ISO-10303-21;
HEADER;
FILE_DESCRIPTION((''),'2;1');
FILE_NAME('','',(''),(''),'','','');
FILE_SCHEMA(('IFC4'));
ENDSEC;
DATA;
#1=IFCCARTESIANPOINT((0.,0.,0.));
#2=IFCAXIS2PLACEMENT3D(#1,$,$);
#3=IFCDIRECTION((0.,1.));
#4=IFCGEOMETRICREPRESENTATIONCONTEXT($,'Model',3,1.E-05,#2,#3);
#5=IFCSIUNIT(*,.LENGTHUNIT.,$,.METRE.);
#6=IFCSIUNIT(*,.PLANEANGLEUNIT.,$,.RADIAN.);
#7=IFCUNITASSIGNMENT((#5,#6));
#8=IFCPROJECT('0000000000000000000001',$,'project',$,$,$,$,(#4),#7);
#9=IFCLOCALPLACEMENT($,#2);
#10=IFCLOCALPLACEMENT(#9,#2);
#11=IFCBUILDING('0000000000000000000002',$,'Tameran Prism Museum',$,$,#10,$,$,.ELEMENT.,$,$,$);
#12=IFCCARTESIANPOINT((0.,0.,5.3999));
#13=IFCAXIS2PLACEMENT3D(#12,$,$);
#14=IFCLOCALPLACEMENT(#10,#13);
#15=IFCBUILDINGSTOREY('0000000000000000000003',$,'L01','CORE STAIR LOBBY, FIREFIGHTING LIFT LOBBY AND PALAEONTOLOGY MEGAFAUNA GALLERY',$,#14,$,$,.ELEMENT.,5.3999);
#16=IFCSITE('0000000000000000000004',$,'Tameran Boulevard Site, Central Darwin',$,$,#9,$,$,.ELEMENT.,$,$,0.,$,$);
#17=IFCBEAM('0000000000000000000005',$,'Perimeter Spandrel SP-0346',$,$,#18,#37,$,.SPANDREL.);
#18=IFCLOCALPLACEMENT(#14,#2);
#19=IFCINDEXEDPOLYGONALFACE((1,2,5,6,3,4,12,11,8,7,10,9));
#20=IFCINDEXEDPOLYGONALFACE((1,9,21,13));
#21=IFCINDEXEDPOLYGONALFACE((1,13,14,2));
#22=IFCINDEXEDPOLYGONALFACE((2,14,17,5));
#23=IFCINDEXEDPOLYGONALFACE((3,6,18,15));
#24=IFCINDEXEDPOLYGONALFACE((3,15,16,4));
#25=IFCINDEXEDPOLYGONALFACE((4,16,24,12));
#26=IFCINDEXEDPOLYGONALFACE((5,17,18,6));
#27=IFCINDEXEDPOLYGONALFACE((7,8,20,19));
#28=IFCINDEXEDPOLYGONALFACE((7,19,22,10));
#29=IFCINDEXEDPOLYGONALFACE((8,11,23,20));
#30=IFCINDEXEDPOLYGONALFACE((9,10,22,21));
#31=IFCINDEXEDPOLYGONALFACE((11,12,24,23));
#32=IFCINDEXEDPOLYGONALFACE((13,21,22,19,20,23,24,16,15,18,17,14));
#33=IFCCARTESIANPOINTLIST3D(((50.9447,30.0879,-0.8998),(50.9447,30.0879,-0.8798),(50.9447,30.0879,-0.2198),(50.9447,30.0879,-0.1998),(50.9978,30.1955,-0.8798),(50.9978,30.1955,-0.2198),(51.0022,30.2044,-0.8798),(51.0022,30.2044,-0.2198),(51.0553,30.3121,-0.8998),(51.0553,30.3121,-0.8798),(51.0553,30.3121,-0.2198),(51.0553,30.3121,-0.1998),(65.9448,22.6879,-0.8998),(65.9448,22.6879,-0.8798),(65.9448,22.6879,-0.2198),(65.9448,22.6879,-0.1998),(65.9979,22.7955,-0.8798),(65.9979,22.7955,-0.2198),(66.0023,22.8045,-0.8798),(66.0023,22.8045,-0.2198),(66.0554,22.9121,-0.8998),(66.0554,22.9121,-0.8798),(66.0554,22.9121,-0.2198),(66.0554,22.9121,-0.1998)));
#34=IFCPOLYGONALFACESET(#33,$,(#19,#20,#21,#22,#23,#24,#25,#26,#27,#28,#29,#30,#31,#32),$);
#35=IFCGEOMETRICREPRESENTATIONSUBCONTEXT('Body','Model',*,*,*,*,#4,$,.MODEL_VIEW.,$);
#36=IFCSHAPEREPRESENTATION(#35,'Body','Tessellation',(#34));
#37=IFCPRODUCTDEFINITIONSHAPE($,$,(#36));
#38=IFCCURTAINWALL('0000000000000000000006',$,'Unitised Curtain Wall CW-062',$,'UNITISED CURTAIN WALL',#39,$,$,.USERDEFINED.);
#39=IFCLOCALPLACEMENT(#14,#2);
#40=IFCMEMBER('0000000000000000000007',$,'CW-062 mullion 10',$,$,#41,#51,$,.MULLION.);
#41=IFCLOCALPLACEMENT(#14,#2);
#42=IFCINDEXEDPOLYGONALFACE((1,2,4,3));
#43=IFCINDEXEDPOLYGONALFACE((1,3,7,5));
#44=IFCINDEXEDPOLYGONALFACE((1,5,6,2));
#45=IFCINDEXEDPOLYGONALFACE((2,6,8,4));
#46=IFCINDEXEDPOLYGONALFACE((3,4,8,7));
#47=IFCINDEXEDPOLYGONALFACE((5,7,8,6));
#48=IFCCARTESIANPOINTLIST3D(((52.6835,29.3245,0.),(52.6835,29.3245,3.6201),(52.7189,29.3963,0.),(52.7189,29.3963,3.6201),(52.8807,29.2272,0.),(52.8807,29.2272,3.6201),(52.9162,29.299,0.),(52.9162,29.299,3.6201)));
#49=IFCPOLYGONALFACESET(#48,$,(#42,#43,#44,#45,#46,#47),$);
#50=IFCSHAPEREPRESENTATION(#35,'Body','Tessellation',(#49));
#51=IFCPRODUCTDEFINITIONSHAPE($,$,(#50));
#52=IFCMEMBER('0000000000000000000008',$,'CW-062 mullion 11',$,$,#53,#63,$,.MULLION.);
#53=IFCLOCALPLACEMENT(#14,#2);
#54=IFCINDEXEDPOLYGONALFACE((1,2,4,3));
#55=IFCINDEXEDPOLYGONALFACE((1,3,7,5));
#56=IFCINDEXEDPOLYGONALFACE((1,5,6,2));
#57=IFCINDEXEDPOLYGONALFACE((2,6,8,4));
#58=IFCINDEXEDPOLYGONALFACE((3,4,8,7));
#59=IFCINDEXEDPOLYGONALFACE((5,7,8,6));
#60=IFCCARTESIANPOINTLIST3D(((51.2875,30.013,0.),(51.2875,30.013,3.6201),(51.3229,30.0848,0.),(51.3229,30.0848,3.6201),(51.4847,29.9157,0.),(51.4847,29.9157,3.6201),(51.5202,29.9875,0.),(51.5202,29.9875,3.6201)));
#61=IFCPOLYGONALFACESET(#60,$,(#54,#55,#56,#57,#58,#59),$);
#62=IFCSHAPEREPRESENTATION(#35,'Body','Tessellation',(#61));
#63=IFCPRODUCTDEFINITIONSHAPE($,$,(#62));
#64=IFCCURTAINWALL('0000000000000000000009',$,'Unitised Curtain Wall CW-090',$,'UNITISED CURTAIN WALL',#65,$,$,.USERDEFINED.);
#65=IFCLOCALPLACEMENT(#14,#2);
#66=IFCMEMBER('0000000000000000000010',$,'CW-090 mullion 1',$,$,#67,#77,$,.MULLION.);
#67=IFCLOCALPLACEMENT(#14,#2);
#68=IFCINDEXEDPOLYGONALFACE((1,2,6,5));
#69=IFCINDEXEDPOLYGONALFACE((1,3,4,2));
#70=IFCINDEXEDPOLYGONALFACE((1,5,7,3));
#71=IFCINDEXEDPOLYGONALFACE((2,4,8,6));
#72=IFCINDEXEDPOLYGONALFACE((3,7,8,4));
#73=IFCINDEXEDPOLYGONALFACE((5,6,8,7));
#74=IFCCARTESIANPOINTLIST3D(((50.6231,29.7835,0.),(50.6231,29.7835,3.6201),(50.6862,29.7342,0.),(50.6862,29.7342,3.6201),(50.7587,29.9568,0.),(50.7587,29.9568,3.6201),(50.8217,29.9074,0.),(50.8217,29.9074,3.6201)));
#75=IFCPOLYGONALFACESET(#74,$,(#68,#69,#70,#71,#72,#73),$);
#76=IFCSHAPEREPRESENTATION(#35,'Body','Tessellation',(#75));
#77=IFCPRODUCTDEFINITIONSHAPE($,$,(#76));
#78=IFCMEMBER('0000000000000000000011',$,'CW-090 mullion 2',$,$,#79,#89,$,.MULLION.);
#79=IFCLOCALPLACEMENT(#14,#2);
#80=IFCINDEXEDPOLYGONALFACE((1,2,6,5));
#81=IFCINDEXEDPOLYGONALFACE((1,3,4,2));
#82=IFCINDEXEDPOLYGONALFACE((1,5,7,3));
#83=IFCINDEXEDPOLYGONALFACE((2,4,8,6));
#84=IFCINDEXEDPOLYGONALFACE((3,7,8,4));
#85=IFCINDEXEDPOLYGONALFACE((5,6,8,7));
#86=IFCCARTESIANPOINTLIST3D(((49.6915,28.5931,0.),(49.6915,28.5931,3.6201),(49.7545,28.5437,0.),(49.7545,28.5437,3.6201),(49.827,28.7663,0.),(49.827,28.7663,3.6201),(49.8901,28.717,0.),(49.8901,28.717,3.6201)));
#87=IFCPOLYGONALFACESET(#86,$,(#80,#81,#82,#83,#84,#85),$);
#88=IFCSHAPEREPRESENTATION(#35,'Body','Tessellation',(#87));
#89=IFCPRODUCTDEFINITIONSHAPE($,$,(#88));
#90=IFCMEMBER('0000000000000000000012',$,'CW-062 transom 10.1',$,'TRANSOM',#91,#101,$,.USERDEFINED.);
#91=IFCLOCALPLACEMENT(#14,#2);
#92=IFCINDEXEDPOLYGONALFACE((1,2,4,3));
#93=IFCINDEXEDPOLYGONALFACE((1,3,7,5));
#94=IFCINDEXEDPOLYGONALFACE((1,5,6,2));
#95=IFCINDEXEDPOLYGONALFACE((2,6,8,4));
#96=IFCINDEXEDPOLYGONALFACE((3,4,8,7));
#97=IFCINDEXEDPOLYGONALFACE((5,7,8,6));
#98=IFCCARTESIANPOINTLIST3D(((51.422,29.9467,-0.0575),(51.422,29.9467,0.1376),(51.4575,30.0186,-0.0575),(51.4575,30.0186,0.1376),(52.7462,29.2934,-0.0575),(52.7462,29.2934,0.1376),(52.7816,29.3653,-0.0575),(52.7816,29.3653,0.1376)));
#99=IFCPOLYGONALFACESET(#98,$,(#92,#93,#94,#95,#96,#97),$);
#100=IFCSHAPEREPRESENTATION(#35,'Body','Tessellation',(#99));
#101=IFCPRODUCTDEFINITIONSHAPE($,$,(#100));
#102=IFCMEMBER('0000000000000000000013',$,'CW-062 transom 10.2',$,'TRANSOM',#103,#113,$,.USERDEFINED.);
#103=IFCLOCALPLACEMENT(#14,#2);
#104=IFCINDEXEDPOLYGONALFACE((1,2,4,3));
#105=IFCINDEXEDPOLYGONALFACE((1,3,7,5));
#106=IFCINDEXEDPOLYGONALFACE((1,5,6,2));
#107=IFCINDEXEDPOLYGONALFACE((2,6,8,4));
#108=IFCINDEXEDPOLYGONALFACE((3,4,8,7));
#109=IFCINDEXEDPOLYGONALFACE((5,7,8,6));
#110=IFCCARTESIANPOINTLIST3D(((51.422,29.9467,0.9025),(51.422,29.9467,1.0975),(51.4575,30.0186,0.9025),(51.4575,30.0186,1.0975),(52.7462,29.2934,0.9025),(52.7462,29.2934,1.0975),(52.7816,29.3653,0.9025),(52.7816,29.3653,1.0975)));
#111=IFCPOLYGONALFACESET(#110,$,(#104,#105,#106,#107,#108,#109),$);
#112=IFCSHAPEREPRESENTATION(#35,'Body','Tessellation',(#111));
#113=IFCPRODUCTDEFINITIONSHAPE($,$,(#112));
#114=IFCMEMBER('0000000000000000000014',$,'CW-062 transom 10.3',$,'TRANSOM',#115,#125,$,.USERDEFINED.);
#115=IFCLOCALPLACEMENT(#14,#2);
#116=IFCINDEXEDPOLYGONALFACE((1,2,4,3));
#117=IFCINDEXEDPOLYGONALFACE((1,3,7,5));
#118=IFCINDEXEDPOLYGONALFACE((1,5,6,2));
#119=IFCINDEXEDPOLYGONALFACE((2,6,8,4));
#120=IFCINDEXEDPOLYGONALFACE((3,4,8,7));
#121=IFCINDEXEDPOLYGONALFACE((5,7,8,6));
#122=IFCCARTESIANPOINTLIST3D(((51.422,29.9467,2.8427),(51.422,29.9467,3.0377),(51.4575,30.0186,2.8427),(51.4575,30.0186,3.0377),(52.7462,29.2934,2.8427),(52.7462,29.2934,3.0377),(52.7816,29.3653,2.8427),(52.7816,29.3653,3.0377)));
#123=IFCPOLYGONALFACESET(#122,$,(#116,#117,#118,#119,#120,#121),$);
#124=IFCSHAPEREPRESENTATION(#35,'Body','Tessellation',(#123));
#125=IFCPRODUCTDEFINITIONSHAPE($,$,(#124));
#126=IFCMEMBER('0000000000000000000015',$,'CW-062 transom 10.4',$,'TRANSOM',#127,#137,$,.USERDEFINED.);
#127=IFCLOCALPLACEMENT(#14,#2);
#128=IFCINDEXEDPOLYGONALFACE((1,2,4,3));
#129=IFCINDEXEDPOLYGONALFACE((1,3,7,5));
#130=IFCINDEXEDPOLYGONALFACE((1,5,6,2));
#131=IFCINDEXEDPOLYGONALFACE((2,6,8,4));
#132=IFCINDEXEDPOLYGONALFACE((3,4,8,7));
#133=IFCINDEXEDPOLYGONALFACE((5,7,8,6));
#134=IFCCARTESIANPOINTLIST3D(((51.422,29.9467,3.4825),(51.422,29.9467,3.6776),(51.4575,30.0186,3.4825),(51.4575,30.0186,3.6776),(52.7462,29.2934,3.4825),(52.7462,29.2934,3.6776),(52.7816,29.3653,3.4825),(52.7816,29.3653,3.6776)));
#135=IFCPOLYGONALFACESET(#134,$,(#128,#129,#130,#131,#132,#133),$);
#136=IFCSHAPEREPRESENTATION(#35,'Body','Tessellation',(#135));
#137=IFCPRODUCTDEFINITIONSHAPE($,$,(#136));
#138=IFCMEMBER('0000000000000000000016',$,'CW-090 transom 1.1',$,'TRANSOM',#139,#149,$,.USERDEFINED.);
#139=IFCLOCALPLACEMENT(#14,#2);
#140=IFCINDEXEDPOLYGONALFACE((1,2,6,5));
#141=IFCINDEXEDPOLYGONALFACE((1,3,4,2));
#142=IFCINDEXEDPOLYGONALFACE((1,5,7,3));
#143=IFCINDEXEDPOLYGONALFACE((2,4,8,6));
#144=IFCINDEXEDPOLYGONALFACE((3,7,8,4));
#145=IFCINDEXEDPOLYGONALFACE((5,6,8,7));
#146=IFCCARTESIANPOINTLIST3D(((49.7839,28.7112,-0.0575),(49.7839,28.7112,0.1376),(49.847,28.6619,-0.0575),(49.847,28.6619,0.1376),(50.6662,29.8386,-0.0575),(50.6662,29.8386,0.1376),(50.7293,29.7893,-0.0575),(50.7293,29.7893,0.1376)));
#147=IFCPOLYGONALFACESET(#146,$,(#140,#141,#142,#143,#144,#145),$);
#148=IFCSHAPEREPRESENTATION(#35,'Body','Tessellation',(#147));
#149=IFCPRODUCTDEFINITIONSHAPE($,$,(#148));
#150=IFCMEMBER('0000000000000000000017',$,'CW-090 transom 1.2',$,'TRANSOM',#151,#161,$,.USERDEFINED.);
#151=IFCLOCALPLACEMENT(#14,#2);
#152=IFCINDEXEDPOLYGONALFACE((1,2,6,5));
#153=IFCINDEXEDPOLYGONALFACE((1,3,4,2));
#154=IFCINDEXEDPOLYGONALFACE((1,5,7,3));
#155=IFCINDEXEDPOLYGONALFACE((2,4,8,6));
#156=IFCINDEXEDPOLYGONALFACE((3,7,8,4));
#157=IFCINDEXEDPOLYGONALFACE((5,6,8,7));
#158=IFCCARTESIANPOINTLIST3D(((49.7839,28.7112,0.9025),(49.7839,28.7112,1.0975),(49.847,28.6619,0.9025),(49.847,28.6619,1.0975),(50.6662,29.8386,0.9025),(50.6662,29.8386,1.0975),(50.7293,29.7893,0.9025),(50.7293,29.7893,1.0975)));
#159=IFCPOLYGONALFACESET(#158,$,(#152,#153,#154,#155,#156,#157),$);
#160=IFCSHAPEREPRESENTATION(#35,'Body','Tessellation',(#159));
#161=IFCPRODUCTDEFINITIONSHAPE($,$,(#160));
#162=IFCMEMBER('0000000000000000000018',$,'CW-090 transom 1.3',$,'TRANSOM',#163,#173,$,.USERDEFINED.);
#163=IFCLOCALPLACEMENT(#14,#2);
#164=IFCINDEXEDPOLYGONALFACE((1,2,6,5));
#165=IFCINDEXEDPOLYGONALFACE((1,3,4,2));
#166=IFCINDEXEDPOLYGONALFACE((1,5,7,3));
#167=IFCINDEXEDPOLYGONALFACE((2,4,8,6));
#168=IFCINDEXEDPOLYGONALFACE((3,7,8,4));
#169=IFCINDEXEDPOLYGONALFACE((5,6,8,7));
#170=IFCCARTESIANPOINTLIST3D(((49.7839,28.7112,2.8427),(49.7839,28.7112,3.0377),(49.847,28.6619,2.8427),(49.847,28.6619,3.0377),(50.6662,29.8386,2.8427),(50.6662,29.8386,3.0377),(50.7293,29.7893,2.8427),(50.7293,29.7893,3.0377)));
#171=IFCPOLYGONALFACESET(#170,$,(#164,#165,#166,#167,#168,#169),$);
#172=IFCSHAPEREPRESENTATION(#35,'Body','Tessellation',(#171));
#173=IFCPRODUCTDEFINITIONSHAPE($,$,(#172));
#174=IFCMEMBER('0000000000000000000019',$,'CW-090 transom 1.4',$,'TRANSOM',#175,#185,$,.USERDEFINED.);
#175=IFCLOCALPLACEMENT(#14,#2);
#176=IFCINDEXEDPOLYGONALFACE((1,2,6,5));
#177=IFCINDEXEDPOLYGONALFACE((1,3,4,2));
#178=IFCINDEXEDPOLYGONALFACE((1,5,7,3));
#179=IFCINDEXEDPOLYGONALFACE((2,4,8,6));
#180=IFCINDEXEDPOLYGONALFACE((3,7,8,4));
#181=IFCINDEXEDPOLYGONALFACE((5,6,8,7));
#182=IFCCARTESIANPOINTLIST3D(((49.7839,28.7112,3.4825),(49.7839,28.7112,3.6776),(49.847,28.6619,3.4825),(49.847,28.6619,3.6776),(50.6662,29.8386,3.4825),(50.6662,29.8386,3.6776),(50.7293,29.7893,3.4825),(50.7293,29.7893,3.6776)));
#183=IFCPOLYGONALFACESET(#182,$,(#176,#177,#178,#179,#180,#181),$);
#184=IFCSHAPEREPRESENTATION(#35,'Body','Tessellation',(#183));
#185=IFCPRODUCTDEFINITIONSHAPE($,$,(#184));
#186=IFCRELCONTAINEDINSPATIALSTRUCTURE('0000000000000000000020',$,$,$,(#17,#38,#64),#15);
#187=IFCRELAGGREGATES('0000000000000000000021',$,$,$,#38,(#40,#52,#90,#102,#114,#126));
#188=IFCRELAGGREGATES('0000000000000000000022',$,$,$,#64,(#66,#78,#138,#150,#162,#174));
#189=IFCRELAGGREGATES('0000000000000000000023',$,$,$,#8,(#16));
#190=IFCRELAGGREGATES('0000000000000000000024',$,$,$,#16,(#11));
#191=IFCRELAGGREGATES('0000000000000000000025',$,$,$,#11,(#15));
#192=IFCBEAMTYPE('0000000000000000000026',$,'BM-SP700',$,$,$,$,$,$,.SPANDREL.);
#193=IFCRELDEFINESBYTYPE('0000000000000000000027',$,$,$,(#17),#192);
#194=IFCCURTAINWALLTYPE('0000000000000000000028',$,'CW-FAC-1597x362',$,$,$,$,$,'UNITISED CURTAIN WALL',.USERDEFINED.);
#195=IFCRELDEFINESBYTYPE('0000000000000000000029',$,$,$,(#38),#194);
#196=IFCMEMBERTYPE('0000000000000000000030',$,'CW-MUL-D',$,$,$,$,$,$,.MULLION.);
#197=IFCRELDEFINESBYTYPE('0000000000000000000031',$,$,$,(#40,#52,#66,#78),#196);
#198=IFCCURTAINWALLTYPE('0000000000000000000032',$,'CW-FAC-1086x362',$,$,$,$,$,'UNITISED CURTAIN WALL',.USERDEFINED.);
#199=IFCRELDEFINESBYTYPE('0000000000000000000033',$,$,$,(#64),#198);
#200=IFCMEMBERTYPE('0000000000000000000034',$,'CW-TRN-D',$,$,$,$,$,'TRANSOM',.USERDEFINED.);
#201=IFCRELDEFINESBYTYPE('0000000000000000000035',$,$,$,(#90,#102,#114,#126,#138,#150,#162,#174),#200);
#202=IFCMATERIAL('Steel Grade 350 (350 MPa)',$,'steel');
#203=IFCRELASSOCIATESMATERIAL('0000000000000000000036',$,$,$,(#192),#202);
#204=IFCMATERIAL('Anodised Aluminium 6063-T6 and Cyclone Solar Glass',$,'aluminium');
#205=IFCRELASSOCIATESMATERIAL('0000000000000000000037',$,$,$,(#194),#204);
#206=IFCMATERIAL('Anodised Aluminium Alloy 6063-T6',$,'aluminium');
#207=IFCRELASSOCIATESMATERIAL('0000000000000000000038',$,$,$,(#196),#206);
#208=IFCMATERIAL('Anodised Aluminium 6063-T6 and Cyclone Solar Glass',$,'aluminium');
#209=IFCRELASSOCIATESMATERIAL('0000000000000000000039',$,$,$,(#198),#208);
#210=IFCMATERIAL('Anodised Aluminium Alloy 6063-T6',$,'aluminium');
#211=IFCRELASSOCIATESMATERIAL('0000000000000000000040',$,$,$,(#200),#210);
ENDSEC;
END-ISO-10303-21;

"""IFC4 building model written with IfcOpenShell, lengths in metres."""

from ifc_helpers import new_model, si_unit, direction, frame, origin, origin_2d, place, context, subcontext, project, spatial, rectangle, i_section, extrude, material, material_profile, profile_set, type_object, element, aggregate, save


model = new_model("IFC4")

# Units and contexts
model_context = context("Model", 3, precision=1e-05, world=origin(), true_north=direction((0.0, 1.0)))
body_context = subcontext(model_context, "Body", "Model", "MODEL_VIEW")
ifc_project = project(units=[si_unit("LENGTHUNIT", "METRE"), si_unit("PLANEANGLEUNIT", "RADIAN")], contexts=[model_context])

# Site, building, storey
site_placement = place(None, origin())
site = spatial("IfcSite", under=ifc_project, at=site_placement, Name="Tameran Boulevard Site, Central Darwin", CompositionType="ELEMENT", RefElevation=0.0)
building_placement = place(site_placement, origin())
building = spatial("IfcBuilding", under=site, at=building_placement, Name="Tameran Prism Museum", CompositionType="ELEMENT")
storey_placement = place(building_placement, frame((0.0, 0.0, 5.3999)))
storey = spatial("IfcBuildingStorey", under=building, at=storey_placement, Name="L01", Description="CORE STAIR LOBBY, FIREFIGHTING LIFT LOBBY AND PALAEONTOLOGY MEGAFAUNA GALLERY", CompositionType="ELEMENT", Elevation=5.3999)

# Beam
ifc_material_1 = material(Name="Steel Grade 350 (350 MPa)", Category="steel")
ifc_material_profile_1 = material_profile(ifc_material_1, i_section(OverallWidth=0.25, OverallDepth=0.7, WebThickness=0.01, FlangeThickness=0.02, at=origin_2d()))
ifc_profile_set_1 = profile_set([ifc_material_profile_1])
beam_type_1 = type_object("IfcBeamType", Name="BM-SP700", PredefinedType="SPANDREL", material=ifc_profile_set_1)
beam_1_placement = place(storey_placement, frame((51.0, 30.2, -0.5498), z_axis=(0.896808, -0.44242, 0.0), x_axis=(0.44242, 0.896808, 0.0)))
element("IfcBeam", 1, at=beam_1_placement, inside=storey, type_object=beam_type_1, Name="Perimeter Spandrel SP-0346", PredefinedType="SPANDREL", context=body_context, shape_type="SweptSolid", body=[
    extrude(i_section(OverallWidth=0.25, OverallDepth=0.7, WebThickness=0.01, FlangeThickness=0.02, at=origin_2d()), origin(), (0.0, 0.0, 1.0), 16.7261),
])

# Curtain walls, members
ifc_material_2 = material(Name="Anodised Aluminium 6063-T6 and Cyclone Solar Glass", Category="aluminium")
curtain_wall_type_1 = type_object("IfcCurtainWallType", Name="CW-FAC-1597x362", ElementType="UNITISED CURTAIN WALL", PredefinedType="USERDEFINED", material=ifc_material_2)
curtain_wall_1_placement = place(storey_placement, origin())
curtain_wall_1 = element("IfcCurtainWall", 2, at=curtain_wall_1_placement, inside=storey, type_object=curtain_wall_type_1, Name="Unitised Curtain Wall CW-062", ObjectType="UNITISED CURTAIN WALL", PredefinedType="USERDEFINED")
ifc_material_3 = material(Name="Anodised Aluminium Alloy 6063-T6", Category="aluminium")
ifc_material_profile_2 = material_profile(ifc_material_3, rectangle(XDim=0.0801, YDim=0.22, at=origin_2d()))
ifc_profile_set_2 = profile_set([ifc_material_profile_2])
member_type_1 = type_object("IfcMemberType", Name="CW-MUL-D", PredefinedType="MULLION", material=ifc_profile_set_2)
member_1_placement = place(storey_placement, frame((52.7998, 29.3118, 0.0), z_axis=(0.0, 0.0, 1.0), x_axis=(-0.442397, -0.896819, 0.0)))
member_1 = element("IfcMember", 3, at=member_1_placement, type_object=member_type_1, Name="CW-062 mullion 10", PredefinedType="MULLION", context=body_context, shape_type="SweptSolid", body=[
    extrude(rectangle(XDim=0.0801, YDim=0.22, at=origin_2d()), origin(), (0.0, 0.0, 1.0), 3.6201),
])
member_2_placement = place(storey_placement, frame((51.4038, 30.0002, 0.0), z_axis=(0.0, 0.0, 1.0), x_axis=(-0.442397, -0.896819, 0.0)))
member_2 = element("IfcMember", 4, at=member_2_placement, type_object=member_type_1, Name="CW-062 mullion 11", PredefinedType="MULLION", context=body_context, shape_type="SweptSolid", body=[
    extrude(rectangle(XDim=0.0801, YDim=0.22, at=origin_2d()), origin(), (0.0, 0.0, 1.0), 3.6201),
])
ifc_material_4 = material(Name="Anodised Aluminium 6063-T6 and Cyclone Solar Glass", Category="aluminium")
curtain_wall_type_2 = type_object("IfcCurtainWallType", Name="CW-FAC-1086x362", ElementType="UNITISED CURTAIN WALL", PredefinedType="USERDEFINED", material=ifc_material_4)
curtain_wall_2_placement = place(storey_placement, origin())
curtain_wall_2 = element("IfcCurtainWall", 5, at=curtain_wall_2_placement, inside=storey, type_object=curtain_wall_type_2, Name="Unitised Curtain Wall CW-090", ObjectType="UNITISED CURTAIN WALL", PredefinedType="USERDEFINED")
member_3_placement = place(storey_placement, frame((50.7224, 29.8455, 0.0), z_axis=(0.0, 0.0, 1.0), x_axis=(0.787524, -0.616283, 0.0)))
member_3 = element("IfcMember", 6, at=member_3_placement, type_object=member_type_1, Name="CW-090 mullion 1", PredefinedType="MULLION", context=body_context, shape_type="SweptSolid", body=[
    extrude(rectangle(XDim=0.0801, YDim=0.22, at=origin_2d()), origin(), (0.0, 0.0, 1.0), 3.6201),
])
member_4_placement = place(storey_placement, frame((49.7908, 28.655, 0.0), z_axis=(0.0, 0.0, 1.0), x_axis=(0.787524, -0.616283, 0.0)))
member_4 = element("IfcMember", 7, at=member_4_placement, type_object=member_type_1, Name="CW-090 mullion 2", PredefinedType="MULLION", context=body_context, shape_type="SweptSolid", body=[
    extrude(rectangle(XDim=0.0801, YDim=0.22, at=origin_2d()), origin(), (0.0, 0.0, 1.0), 3.6201),
])

# Members
ifc_material_5 = material(Name="Anodised Aluminium Alloy 6063-T6", Category="aluminium")
ifc_material_profile_3 = material_profile(ifc_material_5, rectangle(XDim=0.0801, YDim=0.1951, at=origin_2d()))
ifc_profile_set_3 = profile_set([ifc_material_profile_3])
member_type_2 = type_object("IfcMemberType", Name="CW-TRN-D", ElementType="TRANSOM", PredefinedType="USERDEFINED", material=ifc_profile_set_3)
member_5_placement = place(storey_placement, frame((52.7639, 29.3293, 0.04), z_axis=(-0.896795, 0.442446, 0.0), x_axis=(-0.442446, -0.896795, 0.0)))
member_5 = element("IfcMember", 8, at=member_5_placement, type_object=member_type_2, Name="CW-062 transom 10.1", ObjectType="TRANSOM", PredefinedType="USERDEFINED", context=body_context, shape_type="SweptSolid", body=[
    extrude(rectangle(XDim=0.0801, YDim=0.1951, at=origin_2d()), origin(), (0.0, 0.0, 1.0), 1.4766),
])
member_6_placement = place(storey_placement, frame((52.7639, 29.3293, 1.0), z_axis=(-0.896795, 0.442446, 0.0), x_axis=(-0.442446, -0.896795, 0.0)))
member_6 = element("IfcMember", 9, at=member_6_placement, type_object=member_type_2, Name="CW-062 transom 10.2", ObjectType="TRANSOM", PredefinedType="USERDEFINED", context=body_context, shape_type="SweptSolid", body=[
    extrude(rectangle(XDim=0.0801, YDim=0.1951, at=origin_2d()), origin(), (0.0, 0.0, 1.0), 1.4766),
])
member_7_placement = place(storey_placement, frame((52.7639, 29.3293, 2.9402), z_axis=(-0.896795, 0.442446, 0.0), x_axis=(-0.442446, -0.896795, 0.0)))
member_7 = element("IfcMember", 10, at=member_7_placement, type_object=member_type_2, Name="CW-062 transom 10.3", ObjectType="TRANSOM", PredefinedType="USERDEFINED", context=body_context, shape_type="SweptSolid", body=[
    extrude(rectangle(XDim=0.0801, YDim=0.1951, at=origin_2d()), origin(), (0.0, 0.0, 1.0), 1.4766),
])
member_8_placement = place(storey_placement, frame((52.7639, 29.3293, 3.5801), z_axis=(-0.896795, 0.442446, 0.0), x_axis=(-0.442446, -0.896795, 0.0)))
member_8 = element("IfcMember", 11, at=member_8_placement, type_object=member_type_2, Name="CW-062 transom 10.4", ObjectType="TRANSOM", PredefinedType="USERDEFINED", context=body_context, shape_type="SweptSolid", body=[
    extrude(rectangle(XDim=0.0801, YDim=0.1951, at=origin_2d()), origin(), (0.0, 0.0, 1.0), 1.4766),
])
member_9_placement = place(storey_placement, frame((50.6978, 29.814, 0.04), z_axis=(-0.616299, -0.787512, 0.0), x_axis=(0.787512, -0.616299, 0.0)))
member_9 = element("IfcMember", 12, at=member_9_placement, type_object=member_type_2, Name="CW-090 transom 1.1", ObjectType="TRANSOM", PredefinedType="USERDEFINED", context=body_context, shape_type="SweptSolid", body=[
    extrude(rectangle(XDim=0.0801, YDim=0.1951, at=origin_2d()), origin(), (0.0, 0.0, 1.0), 1.4316),
])
member_10_placement = place(storey_placement, frame((50.6978, 29.814, 1.0), z_axis=(-0.616299, -0.787512, 0.0), x_axis=(0.787512, -0.616299, 0.0)))
member_10 = element("IfcMember", 13, at=member_10_placement, type_object=member_type_2, Name="CW-090 transom 1.2", ObjectType="TRANSOM", PredefinedType="USERDEFINED", context=body_context, shape_type="SweptSolid", body=[
    extrude(rectangle(XDim=0.0801, YDim=0.1951, at=origin_2d()), origin(), (0.0, 0.0, 1.0), 1.4316),
])
member_11_placement = place(storey_placement, frame((50.6978, 29.814, 2.9402), z_axis=(-0.616299, -0.787512, 0.0), x_axis=(0.787512, -0.616299, 0.0)))
member_11 = element("IfcMember", 14, at=member_11_placement, type_object=member_type_2, Name="CW-090 transom 1.3", ObjectType="TRANSOM", PredefinedType="USERDEFINED", context=body_context, shape_type="SweptSolid", body=[
    extrude(rectangle(XDim=0.0801, YDim=0.1951, at=origin_2d()), origin(), (0.0, 0.0, 1.0), 1.4316),
])
member_12_placement = place(storey_placement, frame((50.6978, 29.814, 3.5801), z_axis=(-0.616299, -0.787512, 0.0), x_axis=(0.787512, -0.616299, 0.0)))
member_12 = element("IfcMember", 15, at=member_12_placement, type_object=member_type_2, Name="CW-090 transom 1.4", ObjectType="TRANSOM", PredefinedType="USERDEFINED", context=body_context, shape_type="SweptSolid", body=[
    extrude(rectangle(XDim=0.0801, YDim=0.1951, at=origin_2d()), origin(), (0.0, 0.0, 1.0), 1.4316),
])

aggregate(curtain_wall_1, [member_1, member_2, member_5, member_6, member_7, member_8])
aggregate(curtain_wall_2, [member_3, member_4, member_9, member_10, member_11, member_12])

save(model, "model.ifc")
